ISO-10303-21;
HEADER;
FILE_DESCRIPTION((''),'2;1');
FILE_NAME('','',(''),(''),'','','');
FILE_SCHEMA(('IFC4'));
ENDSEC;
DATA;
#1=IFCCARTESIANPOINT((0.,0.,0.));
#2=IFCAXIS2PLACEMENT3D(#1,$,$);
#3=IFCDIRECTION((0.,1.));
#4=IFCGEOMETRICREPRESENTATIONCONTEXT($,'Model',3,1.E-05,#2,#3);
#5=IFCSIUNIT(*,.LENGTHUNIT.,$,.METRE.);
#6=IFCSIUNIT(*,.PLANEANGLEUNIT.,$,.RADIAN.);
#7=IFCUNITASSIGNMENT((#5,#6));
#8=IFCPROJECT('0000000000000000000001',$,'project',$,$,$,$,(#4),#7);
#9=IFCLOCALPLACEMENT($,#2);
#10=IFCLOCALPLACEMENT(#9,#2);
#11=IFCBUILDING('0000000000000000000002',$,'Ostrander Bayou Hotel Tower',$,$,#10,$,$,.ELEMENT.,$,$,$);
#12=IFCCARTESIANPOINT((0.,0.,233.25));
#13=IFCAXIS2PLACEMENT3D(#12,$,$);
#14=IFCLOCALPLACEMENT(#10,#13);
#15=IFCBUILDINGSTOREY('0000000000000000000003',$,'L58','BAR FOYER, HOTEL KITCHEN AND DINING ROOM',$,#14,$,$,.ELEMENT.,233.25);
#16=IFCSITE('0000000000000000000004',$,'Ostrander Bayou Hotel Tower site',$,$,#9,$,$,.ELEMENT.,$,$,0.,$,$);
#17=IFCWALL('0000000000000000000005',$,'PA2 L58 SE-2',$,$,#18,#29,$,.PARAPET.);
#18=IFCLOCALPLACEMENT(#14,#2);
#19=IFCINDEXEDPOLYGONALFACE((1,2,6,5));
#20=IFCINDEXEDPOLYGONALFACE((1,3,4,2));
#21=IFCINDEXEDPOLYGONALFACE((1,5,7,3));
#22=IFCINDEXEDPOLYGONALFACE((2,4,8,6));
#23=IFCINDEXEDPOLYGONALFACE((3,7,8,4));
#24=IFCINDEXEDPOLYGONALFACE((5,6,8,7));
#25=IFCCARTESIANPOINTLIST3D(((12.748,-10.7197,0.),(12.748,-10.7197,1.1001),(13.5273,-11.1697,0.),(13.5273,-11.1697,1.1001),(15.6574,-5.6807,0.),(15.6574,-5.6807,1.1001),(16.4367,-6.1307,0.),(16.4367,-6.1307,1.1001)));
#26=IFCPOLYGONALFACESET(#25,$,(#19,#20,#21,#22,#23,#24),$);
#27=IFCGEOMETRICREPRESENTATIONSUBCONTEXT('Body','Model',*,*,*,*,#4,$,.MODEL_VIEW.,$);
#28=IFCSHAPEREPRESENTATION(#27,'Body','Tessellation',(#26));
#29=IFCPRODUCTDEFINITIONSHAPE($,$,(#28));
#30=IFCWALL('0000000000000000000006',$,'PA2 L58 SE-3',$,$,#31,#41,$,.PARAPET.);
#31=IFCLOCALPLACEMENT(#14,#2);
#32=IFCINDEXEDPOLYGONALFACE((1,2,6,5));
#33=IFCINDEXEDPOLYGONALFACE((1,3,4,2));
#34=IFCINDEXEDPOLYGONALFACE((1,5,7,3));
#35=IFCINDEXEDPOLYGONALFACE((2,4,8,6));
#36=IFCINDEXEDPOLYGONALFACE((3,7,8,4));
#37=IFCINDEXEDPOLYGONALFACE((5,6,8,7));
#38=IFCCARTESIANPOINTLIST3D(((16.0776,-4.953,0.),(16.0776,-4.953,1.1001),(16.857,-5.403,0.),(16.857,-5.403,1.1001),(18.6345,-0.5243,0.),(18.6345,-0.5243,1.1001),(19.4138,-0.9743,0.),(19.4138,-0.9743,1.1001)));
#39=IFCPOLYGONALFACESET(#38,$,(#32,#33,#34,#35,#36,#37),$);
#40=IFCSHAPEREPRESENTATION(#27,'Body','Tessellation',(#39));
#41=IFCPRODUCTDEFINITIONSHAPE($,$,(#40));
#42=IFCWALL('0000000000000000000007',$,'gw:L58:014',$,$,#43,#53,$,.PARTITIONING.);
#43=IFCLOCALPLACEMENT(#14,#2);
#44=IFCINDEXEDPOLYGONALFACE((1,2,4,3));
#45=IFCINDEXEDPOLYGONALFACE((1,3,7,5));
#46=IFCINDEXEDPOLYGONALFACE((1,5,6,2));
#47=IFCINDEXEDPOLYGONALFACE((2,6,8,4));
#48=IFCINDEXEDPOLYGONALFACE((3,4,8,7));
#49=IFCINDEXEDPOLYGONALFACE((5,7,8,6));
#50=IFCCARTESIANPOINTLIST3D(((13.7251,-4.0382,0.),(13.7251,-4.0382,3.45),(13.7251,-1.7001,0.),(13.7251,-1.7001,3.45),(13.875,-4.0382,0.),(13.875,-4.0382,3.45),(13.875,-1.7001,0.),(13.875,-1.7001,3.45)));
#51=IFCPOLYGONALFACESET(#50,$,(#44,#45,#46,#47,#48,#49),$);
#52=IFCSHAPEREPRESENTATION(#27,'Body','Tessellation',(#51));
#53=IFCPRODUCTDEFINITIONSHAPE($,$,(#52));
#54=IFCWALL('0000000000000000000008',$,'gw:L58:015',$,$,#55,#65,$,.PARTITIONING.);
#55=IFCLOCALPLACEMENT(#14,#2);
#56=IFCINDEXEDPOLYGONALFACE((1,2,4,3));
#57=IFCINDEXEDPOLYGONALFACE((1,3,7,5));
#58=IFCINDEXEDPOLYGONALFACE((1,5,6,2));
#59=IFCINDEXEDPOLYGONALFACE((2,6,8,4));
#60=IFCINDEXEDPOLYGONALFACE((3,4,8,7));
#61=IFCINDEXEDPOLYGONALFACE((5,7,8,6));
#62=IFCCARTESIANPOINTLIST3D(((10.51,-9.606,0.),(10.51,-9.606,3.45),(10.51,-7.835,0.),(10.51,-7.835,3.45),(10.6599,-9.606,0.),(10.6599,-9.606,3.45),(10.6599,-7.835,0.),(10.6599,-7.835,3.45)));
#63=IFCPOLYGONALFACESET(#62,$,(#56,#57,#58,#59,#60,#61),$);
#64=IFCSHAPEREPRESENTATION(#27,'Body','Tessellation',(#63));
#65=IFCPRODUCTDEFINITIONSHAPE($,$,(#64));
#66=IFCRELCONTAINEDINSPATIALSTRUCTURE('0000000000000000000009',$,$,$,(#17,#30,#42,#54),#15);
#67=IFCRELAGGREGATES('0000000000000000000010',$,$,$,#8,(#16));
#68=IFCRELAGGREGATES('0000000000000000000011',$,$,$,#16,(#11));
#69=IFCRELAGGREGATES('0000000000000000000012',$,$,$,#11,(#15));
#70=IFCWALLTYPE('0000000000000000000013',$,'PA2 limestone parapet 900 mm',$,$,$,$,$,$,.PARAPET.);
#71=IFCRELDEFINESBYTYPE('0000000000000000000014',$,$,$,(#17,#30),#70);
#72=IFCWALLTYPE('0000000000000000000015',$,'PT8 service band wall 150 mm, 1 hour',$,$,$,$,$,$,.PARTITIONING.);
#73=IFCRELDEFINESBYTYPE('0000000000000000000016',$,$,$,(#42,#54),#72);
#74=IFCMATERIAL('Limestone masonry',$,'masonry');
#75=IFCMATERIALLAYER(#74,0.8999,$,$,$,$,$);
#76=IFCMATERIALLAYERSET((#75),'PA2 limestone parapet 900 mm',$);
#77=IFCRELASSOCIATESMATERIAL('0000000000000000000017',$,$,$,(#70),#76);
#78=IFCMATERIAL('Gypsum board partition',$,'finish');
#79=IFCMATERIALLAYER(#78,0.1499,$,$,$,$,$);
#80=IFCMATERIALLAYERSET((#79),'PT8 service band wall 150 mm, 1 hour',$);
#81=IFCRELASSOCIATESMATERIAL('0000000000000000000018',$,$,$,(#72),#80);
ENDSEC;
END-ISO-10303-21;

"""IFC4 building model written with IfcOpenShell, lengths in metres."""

from ifc_helpers import new_model, si_unit, direction, frame, frame_2d, origin, place, context, subcontext, project, spatial, rectangle, extrude, material, layer, layer_set, type_object, element, save


model = new_model("IFC4")

# Units and contexts
model_context = context("Model", 3, precision=1e-05, world=origin(), true_north=direction((0.0, 1.0)))
body_context = subcontext(model_context, "Body", "Model", "MODEL_VIEW")
ifc_project = project(units=[si_unit("LENGTHUNIT", "METRE"), si_unit("PLANEANGLEUNIT", "RADIAN")], contexts=[model_context])

# Site, building, storey
site_placement = place(None, origin())
site = spatial("IfcSite", under=ifc_project, at=site_placement, Name="Ostrander Bayou Hotel Tower site", CompositionType="ELEMENT", RefElevation=0.0)
building_placement = place(site_placement, origin())
building = spatial("IfcBuilding", under=site, at=building_placement, Name="Ostrander Bayou Hotel Tower", CompositionType="ELEMENT")
storey_placement = place(building_placement, frame((0.0, 0.0, 233.25)))
storey = spatial("IfcBuildingStorey", under=building, at=storey_placement, Name="L58", Description="BAR FOYER, HOTEL KITCHEN AND DINING ROOM", CompositionType="ELEMENT", Elevation=233.25)

# Walls
ifc_material_1 = material(Name="Limestone masonry", Category="masonry")
ifc_layer_1 = layer(ifc_material_1, 0.8999)
ifc_layer_set_1 = layer_set([ifc_layer_1], Name="PA2 limestone parapet 900 mm")
wall_type_1 = type_object("IfcWallType", Name="PA2 limestone parapet 900 mm", PredefinedType="PARAPET", material=ifc_layer_set_1)
wall_1_placement = place(storey_placement, frame((13.1377, -10.9446, 0.0), z_axis=(0.0, 0.0, 1.0), x_axis=(0.500015, 0.866016, 0.0)))
element("IfcWall", 1, at=wall_1_placement, inside=storey, type_object=wall_type_1, Name="PA2 L58 SE-2", PredefinedType="PARAPET", context=body_context, shape_type="SweptSolid", body=[
    extrude(rectangle(XDim=5.8186, YDim=0.8999, at=frame_2d((2.9092, 0.0))), origin(), (0.0, 0.0, 1.0), 1.1001),
])
wall_2_placement = place(storey_placement, frame((16.4673, -5.178, 0.0), z_axis=(0.0, 0.0, 1.0), x_axis=(0.499995, 0.866028, 0.0)))
element("IfcWall", 2, at=wall_2_placement, inside=storey, type_object=wall_type_1, Name="PA2 L58 SE-3", PredefinedType="PARAPET", context=body_context, shape_type="SweptSolid", body=[
    extrude(rectangle(XDim=5.1138, YDim=0.8999, at=frame_2d((2.5569, 0.0))), origin(), (0.0, 0.0, 1.0), 1.1001),
])
ifc_material_2 = material(Name="Gypsum board partition", Category="finish")
ifc_layer_2 = layer(ifc_material_2, 0.1499)
ifc_layer_set_2 = layer_set([ifc_layer_2], Name="PT8 service band wall 150 mm, 1 hour")
wall_type_2 = type_object("IfcWallType", Name="PT8 service band wall 150 mm, 1 hour", PredefinedType="PARTITIONING", material=ifc_layer_set_2)
wall_3_placement = place(storey_placement, frame((13.8, -4.0381, 0.0), z_axis=(0.0, 0.0, 1.0), x_axis=(0.0, 1.0, 0.0)))
element("IfcWall", 3, at=wall_3_placement, inside=storey, type_object=wall_type_2, Name="gw:L58:014", PredefinedType="PARTITIONING", context=body_context, shape_type="SweptSolid", body=[
    extrude(rectangle(XDim=2.3381, YDim=0.1499, at=frame_2d((1.1689, 0.0))), origin(), (0.0, 0.0, 1.0), 3.45),
])
wall_4_placement = place(storey_placement, frame((10.585, -9.606, 0.0), z_axis=(0.0, 0.0, 1.0), x_axis=(0.0, 1.0, 0.0)))
element("IfcWall", 4, at=wall_4_placement, inside=storey, type_object=wall_type_2, Name="gw:L58:015", PredefinedType="PARTITIONING", context=body_context, shape_type="SweptSolid", body=[
    extrude(rectangle(XDim=1.771, YDim=0.1499, at=frame_2d((0.8855, 0.0))), origin(), (0.0, 0.0, 1.0), 3.45),
])

save(model, "model.ifc")
